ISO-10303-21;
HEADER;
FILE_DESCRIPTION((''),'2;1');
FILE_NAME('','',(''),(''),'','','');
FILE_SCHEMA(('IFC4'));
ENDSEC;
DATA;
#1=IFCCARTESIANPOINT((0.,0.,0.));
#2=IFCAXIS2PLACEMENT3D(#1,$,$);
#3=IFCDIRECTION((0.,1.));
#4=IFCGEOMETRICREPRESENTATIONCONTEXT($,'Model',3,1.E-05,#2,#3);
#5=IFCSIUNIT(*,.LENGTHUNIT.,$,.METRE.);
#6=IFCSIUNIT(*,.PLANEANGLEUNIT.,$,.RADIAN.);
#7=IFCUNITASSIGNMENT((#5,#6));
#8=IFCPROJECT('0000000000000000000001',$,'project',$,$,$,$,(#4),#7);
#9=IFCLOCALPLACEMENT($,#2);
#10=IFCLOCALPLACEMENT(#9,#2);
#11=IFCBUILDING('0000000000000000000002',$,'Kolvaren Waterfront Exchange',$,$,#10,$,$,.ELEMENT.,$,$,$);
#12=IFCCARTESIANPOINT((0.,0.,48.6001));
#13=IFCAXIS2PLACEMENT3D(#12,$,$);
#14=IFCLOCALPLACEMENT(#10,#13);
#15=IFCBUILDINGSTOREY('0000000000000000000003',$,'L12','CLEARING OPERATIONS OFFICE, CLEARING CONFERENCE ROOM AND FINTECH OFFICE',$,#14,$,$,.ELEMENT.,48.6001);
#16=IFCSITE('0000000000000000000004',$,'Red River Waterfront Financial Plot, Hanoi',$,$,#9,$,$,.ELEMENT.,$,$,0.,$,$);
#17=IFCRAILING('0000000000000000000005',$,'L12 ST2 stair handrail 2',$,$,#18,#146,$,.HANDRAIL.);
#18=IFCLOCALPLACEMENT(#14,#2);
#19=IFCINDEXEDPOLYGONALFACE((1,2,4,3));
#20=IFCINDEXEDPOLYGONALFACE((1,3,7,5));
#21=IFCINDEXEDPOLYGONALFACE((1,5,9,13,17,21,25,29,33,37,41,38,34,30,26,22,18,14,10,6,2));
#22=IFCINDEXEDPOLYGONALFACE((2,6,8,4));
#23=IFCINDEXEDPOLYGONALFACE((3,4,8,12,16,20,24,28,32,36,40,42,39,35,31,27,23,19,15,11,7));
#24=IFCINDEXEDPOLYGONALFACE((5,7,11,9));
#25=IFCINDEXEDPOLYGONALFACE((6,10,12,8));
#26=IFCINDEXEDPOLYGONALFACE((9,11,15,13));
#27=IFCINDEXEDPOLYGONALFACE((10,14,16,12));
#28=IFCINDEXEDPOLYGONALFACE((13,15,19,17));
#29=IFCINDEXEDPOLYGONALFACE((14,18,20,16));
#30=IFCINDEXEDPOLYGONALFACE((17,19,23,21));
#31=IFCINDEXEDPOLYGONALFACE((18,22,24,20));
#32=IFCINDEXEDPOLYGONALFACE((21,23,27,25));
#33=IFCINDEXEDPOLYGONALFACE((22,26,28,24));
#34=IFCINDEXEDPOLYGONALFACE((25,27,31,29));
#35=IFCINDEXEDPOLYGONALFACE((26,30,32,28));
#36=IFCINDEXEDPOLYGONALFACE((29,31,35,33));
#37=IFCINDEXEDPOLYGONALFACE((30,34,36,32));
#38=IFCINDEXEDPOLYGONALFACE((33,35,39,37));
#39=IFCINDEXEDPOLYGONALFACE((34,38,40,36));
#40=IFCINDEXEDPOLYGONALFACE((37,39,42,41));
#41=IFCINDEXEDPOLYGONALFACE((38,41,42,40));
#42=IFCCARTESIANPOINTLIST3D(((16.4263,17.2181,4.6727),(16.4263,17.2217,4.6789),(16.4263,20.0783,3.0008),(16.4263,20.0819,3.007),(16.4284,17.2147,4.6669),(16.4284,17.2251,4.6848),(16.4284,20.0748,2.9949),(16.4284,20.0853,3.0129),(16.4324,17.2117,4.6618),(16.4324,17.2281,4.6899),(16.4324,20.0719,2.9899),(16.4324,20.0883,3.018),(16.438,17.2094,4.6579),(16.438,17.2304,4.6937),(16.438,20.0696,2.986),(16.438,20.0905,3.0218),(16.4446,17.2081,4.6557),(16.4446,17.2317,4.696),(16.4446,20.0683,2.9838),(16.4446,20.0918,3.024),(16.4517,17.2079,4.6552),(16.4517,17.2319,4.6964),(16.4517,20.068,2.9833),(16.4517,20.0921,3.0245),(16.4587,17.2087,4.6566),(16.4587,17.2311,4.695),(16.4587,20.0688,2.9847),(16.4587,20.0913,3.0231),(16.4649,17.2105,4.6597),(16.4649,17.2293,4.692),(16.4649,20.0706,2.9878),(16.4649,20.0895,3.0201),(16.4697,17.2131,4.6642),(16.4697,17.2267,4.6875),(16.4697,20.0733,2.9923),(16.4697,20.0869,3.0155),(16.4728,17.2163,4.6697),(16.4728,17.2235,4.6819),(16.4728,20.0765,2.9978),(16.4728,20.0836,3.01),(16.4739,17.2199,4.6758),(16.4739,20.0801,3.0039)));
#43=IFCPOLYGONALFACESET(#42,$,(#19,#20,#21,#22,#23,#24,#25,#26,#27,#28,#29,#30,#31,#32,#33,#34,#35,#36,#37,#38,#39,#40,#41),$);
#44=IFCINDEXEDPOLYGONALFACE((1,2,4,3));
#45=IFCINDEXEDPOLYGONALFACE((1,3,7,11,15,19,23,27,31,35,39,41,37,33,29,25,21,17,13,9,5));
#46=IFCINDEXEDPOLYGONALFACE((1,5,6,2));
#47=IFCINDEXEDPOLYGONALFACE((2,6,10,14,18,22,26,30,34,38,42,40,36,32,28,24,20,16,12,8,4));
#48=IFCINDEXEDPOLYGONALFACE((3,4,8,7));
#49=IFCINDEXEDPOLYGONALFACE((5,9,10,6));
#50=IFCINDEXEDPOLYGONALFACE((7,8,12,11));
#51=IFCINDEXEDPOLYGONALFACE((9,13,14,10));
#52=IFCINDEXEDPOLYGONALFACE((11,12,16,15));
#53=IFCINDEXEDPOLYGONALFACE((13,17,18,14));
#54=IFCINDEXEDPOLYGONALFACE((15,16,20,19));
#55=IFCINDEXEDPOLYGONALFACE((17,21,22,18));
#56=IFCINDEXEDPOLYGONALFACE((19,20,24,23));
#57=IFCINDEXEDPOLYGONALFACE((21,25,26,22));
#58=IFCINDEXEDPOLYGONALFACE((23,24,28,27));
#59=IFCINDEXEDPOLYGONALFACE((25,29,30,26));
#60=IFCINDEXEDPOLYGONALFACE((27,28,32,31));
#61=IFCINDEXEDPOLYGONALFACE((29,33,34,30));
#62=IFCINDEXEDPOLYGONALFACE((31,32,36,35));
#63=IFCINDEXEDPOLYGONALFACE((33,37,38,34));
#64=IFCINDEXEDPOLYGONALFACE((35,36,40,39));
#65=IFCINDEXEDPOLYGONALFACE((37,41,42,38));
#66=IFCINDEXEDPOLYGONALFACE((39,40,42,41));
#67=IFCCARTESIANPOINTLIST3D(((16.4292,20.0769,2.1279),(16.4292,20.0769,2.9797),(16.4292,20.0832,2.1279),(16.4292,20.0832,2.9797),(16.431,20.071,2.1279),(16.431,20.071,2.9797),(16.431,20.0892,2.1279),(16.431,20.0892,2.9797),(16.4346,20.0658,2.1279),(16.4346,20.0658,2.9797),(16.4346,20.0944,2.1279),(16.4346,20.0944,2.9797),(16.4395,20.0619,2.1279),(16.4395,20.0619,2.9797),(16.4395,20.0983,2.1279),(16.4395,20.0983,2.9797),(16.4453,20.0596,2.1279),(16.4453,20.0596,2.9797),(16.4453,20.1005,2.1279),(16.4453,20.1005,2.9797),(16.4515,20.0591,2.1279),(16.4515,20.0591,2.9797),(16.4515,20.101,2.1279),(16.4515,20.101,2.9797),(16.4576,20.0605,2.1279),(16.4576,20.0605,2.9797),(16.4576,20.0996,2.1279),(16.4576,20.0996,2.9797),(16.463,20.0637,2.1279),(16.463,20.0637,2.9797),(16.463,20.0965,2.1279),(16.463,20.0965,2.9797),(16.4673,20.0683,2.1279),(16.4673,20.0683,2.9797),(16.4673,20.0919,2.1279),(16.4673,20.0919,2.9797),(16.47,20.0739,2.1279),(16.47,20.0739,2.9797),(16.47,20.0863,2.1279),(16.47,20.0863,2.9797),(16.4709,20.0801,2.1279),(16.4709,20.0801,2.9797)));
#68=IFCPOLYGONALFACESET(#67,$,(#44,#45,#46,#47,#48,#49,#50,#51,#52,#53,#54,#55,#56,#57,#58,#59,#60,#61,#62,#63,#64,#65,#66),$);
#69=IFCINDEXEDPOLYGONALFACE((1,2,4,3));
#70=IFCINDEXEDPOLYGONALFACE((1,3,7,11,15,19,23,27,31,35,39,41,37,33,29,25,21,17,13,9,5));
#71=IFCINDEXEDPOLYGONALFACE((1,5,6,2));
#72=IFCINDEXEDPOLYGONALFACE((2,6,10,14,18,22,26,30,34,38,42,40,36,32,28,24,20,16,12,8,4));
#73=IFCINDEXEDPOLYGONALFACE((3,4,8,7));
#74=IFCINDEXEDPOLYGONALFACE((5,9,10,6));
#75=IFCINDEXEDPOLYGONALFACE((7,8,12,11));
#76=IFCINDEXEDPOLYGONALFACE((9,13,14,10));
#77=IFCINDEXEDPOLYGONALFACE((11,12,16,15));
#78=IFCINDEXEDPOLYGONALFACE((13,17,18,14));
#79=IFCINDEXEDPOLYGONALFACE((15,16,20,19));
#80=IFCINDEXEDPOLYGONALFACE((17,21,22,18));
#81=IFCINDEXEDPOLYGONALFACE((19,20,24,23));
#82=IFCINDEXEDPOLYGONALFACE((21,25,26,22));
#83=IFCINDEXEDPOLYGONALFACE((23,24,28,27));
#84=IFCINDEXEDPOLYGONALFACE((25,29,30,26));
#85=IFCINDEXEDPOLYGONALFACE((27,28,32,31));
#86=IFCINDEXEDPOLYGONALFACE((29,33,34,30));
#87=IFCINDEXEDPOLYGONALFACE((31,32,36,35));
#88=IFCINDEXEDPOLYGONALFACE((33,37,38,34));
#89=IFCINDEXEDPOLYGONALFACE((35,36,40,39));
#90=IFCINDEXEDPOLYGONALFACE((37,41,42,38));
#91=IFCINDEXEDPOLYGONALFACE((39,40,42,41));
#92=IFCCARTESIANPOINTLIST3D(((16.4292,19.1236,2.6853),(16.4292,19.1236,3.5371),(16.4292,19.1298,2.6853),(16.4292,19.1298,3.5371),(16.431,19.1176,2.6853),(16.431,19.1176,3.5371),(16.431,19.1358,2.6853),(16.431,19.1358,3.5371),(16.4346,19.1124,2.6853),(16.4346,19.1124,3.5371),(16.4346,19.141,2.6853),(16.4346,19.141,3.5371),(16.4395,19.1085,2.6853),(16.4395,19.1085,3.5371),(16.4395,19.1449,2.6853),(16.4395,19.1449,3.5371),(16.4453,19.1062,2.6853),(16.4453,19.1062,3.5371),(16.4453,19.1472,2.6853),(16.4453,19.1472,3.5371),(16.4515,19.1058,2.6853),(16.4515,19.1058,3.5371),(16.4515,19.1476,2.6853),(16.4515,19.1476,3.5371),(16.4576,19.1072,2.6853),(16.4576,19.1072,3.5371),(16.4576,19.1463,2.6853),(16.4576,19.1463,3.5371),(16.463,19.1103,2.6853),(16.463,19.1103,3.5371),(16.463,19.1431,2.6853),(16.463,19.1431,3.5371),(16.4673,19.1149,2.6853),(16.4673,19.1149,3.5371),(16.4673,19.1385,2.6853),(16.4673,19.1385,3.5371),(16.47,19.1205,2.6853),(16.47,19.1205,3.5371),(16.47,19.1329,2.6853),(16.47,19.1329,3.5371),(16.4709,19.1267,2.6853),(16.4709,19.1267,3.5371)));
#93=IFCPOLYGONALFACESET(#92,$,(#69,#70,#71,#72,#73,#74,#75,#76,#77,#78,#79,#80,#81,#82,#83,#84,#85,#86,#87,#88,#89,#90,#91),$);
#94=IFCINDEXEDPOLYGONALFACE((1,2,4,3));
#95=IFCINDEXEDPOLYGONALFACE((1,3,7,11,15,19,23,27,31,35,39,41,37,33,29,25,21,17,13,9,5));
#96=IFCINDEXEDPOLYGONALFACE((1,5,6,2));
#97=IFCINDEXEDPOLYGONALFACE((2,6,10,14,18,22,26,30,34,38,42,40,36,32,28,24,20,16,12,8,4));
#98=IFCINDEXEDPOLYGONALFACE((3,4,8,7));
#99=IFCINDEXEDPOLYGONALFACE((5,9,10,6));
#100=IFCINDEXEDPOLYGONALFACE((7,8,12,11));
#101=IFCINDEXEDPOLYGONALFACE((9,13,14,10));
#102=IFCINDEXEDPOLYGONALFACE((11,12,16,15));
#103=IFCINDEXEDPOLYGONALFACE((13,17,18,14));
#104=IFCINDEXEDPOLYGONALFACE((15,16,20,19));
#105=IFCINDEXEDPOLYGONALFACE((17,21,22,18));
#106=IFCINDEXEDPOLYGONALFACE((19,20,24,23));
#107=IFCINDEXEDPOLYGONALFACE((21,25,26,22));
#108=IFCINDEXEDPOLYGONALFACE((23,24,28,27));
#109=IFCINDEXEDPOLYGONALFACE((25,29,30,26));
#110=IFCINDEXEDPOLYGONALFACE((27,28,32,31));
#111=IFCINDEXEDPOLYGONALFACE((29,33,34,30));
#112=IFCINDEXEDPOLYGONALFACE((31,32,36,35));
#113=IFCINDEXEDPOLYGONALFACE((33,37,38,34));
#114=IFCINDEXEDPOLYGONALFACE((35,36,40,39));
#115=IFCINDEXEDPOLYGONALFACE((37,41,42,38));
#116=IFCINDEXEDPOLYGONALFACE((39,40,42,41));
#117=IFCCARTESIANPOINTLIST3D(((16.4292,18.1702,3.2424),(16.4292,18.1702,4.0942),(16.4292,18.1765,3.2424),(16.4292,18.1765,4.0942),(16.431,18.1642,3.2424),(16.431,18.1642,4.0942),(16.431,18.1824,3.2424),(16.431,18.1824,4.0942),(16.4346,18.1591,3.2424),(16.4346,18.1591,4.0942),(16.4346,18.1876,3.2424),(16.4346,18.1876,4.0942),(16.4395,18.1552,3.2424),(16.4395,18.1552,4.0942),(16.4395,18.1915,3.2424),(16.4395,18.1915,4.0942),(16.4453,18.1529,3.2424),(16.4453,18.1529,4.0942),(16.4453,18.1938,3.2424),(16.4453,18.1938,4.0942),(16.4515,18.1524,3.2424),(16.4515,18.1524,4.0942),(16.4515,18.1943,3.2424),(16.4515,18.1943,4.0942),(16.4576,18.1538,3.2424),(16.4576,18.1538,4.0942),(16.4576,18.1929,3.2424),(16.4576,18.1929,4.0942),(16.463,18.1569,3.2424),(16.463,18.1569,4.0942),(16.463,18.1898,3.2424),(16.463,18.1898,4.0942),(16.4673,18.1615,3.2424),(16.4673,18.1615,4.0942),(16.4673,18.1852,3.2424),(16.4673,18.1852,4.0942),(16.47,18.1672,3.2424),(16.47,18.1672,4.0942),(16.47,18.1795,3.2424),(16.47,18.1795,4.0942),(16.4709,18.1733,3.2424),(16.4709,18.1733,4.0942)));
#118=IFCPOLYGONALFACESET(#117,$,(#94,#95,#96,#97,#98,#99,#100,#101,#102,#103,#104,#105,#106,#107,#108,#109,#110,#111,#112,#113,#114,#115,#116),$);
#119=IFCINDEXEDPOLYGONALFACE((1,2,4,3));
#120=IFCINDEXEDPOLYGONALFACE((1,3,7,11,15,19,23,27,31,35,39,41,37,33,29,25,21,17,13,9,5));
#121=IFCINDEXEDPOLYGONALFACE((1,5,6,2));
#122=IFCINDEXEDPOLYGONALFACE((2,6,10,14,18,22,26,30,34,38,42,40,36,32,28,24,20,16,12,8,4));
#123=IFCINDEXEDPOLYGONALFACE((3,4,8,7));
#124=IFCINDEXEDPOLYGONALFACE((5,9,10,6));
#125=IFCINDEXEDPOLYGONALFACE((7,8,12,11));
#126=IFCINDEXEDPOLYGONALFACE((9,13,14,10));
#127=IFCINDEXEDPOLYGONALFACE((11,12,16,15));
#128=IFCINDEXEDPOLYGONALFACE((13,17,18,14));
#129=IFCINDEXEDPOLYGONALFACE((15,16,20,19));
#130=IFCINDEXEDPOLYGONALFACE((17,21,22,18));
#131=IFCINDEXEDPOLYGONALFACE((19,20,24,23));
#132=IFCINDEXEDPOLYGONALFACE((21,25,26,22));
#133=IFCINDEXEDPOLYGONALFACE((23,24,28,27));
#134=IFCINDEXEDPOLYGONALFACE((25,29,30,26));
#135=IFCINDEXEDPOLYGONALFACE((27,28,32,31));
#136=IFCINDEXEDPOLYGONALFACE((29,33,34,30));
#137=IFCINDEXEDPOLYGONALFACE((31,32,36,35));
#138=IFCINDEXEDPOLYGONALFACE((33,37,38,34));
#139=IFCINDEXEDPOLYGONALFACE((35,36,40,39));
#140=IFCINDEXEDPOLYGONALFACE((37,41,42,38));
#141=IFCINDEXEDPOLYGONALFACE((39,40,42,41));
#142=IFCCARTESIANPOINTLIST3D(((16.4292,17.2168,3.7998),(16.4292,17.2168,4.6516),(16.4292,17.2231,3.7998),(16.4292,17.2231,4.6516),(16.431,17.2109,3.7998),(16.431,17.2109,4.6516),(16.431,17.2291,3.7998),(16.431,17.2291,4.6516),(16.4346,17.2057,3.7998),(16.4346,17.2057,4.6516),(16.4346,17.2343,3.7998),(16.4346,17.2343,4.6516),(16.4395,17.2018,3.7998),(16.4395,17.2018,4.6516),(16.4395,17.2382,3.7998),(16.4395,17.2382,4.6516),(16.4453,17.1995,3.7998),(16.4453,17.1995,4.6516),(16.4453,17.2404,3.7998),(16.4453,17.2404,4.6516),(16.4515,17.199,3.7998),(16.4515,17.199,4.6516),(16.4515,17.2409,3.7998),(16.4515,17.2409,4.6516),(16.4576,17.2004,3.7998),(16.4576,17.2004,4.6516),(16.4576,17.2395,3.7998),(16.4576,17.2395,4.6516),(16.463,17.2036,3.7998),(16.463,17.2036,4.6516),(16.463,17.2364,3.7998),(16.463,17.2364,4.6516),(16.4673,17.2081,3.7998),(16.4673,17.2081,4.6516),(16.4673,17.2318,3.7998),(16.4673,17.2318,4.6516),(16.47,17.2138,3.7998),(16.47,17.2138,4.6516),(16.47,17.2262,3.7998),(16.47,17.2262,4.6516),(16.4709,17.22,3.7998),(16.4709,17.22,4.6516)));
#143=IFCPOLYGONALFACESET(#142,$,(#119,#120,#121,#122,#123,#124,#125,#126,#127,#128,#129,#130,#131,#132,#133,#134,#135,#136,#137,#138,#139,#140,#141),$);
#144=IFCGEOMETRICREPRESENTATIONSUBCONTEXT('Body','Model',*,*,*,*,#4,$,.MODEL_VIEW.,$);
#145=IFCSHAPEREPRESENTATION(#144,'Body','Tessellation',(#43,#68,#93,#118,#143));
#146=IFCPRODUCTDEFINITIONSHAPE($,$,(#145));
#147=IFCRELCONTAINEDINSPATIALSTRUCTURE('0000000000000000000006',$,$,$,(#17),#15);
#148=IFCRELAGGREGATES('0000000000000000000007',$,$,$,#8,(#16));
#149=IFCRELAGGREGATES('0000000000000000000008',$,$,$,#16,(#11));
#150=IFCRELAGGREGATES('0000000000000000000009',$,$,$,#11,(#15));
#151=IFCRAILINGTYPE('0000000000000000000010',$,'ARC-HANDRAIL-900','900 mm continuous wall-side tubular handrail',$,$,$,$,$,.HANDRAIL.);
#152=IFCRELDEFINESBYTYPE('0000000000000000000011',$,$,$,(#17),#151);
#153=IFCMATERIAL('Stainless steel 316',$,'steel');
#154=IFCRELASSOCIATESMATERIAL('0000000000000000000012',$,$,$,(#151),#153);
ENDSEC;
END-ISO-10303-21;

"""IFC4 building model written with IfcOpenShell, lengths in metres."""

from ifc_helpers import new_model, si_unit, direction, frame, origin, origin_2d, place, context, subcontext, project, spatial, circle, extrude, material, type_object, element, save


model = new_model("IFC4")

# Units and contexts
model_context = context("Model", 3, precision=1e-05, world=origin(), true_north=direction((0.0, 1.0)))
body_context = subcontext(model_context, "Body", "Model", "MODEL_VIEW")
ifc_project = project(units=[si_unit("LENGTHUNIT", "METRE"), si_unit("PLANEANGLEUNIT", "RADIAN")], contexts=[model_context])

# Site, building, storey
site_placement = place(None, origin())
site = spatial("IfcSite", under=ifc_project, at=site_placement, Name="Red River Waterfront Financial Plot, Hanoi", CompositionType="ELEMENT", RefElevation=0.0)
building_placement = place(site_placement, origin())
building = spatial("IfcBuilding", under=site, at=building_placement, Name="Kolvaren Waterfront Exchange", CompositionType="ELEMENT")
storey_placement = place(building_placement, frame((0.0, 0.0, 48.6001)))
storey = spatial("IfcBuildingStorey", under=building, at=storey_placement, Name="L12", Description="CLEARING OPERATIONS OFFICE, CLEARING CONFERENCE ROOM AND FINTECH OFFICE", CompositionType="ELEMENT", Elevation=48.6001)

# Railing
ifc_material_1 = material(Name="Stainless steel 316", Category="steel")
railing_type_1 = type_object("IfcRailingType", Name="ARC-HANDRAIL-900", Description="900 mm continuous wall-side tubular handrail", PredefinedType="HANDRAIL", material=ifc_material_1)
railing_1_placement = place(storey_placement, frame((16.45, 20.0801, 2.1279)))
element("IfcRailing", 1, at=railing_1_placement, inside=storey, type_object=railing_type_1, Name="L12 ST2 stair handrail 2", PredefinedType="HANDRAIL", context=body_context, shape_type="SweptSolid", body=[
    extrude(circle(Radius=0.0239, at=origin_2d()), frame((0.0, 0.0, 0.876), z_axis=(0.0, -0.863321, 0.504654), x_axis=(1.0, 0.0, 0.0)), (0.0, 0.0, 1.0), 3.313),
    extrude(circle(Radius=0.021, at=origin_2d()), origin(), (0.0, 0.0, 1.0), 0.8518),
    extrude(circle(Radius=0.021, at=origin_2d()), frame((0.0, -0.9534, 0.5574)), (0.0, 0.0, 1.0), 0.8518),
    extrude(circle(Radius=0.021, at=origin_2d()), frame((0.0, -1.9067, 1.1145)), (0.0, 0.0, 1.0), 0.8518),
    extrude(circle(Radius=0.021, at=origin_2d()), frame((0.0, -2.8601, 1.6719)), (0.0, 0.0, 1.0), 0.8518),
])

save(model, "model.ifc")
